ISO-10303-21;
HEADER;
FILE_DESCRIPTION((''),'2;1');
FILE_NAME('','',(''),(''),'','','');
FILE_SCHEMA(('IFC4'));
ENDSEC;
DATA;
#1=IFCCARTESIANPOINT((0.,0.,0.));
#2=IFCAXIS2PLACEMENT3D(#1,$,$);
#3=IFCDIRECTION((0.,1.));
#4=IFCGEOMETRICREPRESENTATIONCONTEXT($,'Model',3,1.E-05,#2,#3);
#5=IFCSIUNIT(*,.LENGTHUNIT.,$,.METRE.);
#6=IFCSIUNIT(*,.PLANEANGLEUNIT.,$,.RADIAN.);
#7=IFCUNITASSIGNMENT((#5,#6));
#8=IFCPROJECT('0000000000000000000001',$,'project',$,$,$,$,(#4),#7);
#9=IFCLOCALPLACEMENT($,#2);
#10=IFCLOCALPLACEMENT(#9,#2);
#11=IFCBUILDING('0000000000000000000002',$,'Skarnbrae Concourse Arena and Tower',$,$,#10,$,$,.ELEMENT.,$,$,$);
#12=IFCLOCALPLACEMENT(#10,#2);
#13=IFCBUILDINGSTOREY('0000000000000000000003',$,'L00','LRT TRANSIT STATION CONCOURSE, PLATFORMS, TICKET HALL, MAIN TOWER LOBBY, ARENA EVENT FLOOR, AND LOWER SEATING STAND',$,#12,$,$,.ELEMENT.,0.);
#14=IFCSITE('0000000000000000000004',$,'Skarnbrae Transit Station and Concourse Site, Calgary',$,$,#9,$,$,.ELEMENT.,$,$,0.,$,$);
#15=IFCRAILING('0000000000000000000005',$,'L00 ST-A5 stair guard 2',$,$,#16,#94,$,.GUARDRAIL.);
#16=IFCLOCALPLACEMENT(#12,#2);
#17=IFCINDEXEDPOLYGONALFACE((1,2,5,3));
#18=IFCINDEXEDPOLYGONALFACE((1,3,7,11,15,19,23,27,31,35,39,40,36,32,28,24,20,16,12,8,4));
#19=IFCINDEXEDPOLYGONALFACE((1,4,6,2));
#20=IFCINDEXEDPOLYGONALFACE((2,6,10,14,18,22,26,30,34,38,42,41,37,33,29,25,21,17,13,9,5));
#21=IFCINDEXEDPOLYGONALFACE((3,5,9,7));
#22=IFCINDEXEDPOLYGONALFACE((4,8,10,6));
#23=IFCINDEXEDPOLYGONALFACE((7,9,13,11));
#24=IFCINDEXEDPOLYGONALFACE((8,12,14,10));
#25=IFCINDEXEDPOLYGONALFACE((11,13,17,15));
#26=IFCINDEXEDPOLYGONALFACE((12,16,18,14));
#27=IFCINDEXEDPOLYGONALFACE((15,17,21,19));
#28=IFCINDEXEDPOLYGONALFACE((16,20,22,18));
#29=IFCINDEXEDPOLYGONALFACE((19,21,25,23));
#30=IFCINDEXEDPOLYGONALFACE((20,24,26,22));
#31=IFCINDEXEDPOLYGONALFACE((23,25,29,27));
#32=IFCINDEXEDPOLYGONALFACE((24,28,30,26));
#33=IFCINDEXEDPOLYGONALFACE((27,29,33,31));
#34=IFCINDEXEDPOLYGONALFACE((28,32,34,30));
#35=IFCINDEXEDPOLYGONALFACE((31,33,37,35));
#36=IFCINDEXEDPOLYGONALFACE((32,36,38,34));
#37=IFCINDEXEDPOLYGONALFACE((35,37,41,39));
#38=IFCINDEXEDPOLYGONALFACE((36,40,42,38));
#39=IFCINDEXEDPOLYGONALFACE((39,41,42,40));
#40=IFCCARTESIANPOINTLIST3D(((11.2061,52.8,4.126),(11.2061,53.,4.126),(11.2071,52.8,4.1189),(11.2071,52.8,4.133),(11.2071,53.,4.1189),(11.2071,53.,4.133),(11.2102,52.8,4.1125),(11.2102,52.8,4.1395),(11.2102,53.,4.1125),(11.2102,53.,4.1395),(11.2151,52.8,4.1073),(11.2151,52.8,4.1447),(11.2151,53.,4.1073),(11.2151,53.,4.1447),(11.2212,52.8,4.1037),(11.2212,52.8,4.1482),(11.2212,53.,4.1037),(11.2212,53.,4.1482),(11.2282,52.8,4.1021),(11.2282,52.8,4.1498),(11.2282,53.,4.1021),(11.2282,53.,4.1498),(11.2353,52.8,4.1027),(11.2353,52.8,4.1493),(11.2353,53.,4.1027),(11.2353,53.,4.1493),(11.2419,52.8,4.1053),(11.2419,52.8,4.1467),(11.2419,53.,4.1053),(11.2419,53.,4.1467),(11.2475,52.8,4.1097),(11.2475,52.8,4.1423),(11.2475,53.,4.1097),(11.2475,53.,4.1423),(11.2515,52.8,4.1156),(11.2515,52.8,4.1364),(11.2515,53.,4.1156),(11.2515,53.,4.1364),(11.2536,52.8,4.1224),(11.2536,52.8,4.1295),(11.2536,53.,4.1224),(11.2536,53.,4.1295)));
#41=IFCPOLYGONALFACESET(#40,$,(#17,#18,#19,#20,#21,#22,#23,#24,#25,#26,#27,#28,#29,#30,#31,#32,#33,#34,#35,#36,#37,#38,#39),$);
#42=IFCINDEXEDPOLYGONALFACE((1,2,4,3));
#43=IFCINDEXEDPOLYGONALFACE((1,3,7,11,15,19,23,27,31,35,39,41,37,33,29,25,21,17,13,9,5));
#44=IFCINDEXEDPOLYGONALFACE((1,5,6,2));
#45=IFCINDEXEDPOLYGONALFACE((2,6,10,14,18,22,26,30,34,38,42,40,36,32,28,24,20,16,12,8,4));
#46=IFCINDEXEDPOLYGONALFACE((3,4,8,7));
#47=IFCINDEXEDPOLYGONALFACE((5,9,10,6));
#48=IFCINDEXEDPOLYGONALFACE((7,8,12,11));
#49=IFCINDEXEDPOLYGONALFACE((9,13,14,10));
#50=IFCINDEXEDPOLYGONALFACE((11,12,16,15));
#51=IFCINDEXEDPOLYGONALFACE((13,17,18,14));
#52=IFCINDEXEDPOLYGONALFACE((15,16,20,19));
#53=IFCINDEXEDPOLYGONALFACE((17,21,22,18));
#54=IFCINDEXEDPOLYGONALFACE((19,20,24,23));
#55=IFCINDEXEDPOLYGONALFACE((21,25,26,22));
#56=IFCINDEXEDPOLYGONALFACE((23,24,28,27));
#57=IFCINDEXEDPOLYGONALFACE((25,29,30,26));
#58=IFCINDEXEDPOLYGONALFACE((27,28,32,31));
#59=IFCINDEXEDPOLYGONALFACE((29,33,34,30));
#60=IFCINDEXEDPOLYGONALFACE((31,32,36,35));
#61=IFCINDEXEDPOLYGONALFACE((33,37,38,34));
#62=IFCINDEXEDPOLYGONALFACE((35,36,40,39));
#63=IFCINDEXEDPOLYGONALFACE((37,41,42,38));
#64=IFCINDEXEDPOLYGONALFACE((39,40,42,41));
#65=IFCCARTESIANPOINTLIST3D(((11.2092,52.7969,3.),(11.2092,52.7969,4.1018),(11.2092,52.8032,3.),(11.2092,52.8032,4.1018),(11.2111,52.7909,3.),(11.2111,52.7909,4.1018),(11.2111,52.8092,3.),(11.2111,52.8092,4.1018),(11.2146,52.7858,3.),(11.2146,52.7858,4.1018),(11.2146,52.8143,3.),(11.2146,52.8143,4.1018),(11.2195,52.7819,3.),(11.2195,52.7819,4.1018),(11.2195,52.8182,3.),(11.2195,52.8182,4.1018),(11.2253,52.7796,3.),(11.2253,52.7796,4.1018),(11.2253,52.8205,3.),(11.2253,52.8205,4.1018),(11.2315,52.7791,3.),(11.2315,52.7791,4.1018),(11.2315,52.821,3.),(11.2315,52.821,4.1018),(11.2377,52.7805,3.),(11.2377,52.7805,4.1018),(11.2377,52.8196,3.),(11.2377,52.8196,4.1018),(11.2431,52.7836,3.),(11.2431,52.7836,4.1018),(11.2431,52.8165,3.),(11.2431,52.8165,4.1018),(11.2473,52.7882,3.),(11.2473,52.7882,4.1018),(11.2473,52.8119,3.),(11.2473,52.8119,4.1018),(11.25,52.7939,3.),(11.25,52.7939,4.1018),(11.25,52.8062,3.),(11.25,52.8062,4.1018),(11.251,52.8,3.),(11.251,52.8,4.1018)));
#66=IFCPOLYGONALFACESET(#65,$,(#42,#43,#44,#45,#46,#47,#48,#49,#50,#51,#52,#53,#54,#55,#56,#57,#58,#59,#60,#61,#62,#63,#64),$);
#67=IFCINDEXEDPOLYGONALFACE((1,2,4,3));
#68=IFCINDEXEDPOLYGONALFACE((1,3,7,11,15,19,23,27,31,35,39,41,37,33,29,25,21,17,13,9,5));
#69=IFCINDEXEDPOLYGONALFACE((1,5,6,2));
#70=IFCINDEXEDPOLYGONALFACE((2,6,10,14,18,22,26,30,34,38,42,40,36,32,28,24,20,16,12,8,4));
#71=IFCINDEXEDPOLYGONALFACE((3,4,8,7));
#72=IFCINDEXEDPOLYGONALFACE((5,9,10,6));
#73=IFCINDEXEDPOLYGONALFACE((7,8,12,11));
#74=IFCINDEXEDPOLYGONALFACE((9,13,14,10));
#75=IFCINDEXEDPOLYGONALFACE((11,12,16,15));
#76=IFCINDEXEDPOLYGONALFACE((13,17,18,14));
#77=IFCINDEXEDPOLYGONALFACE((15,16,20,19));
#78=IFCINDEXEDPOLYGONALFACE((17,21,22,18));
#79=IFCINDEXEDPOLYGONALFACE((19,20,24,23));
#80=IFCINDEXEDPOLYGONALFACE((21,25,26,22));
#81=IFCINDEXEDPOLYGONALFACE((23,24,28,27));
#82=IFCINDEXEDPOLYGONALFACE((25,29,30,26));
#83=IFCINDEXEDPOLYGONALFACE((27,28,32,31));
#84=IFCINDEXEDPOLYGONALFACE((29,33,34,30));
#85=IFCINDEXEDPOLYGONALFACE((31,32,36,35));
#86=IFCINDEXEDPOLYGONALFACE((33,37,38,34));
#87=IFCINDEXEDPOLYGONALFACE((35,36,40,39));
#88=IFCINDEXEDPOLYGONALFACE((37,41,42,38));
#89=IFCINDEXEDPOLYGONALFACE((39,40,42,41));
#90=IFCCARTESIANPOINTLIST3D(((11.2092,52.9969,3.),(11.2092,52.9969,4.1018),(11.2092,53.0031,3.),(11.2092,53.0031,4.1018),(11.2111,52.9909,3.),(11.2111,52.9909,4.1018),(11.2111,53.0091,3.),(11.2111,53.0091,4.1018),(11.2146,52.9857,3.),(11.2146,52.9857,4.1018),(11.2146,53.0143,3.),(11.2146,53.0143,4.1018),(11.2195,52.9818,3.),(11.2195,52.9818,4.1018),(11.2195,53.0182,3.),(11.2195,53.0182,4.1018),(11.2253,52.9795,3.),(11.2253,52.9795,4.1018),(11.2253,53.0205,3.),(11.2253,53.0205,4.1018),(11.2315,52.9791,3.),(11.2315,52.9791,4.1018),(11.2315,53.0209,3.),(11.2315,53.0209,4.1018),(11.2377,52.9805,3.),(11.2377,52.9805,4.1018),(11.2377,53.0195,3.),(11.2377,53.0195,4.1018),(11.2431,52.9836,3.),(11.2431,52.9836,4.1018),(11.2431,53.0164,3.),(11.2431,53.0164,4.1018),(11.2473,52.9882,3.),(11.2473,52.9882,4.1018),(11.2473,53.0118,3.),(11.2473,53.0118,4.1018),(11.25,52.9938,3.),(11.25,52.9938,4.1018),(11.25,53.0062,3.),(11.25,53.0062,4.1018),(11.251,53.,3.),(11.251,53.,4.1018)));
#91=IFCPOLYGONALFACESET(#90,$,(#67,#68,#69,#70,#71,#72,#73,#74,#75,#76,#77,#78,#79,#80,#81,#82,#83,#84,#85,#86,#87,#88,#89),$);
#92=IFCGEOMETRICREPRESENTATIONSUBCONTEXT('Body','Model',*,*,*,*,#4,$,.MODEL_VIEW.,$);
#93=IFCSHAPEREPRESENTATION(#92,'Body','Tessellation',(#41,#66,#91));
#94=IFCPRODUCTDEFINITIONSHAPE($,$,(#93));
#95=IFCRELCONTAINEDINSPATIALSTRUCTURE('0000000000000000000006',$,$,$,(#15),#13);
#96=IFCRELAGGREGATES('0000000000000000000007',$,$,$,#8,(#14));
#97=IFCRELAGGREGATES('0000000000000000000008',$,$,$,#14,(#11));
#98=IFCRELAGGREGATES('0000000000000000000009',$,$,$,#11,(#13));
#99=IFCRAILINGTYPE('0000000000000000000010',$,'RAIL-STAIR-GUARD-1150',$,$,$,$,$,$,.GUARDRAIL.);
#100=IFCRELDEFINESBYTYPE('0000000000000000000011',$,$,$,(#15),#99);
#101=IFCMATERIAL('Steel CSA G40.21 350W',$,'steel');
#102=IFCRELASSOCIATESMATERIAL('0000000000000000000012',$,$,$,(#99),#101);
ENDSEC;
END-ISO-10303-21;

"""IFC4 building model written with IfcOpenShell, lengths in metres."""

from ifc_helpers import new_model, si_unit, direction, frame, origin, origin_2d, place, context, subcontext, project, spatial, circle, extrude, material, type_object, element, save


model = new_model("IFC4")

# Units and contexts
model_context = context("Model", 3, precision=1e-05, world=origin(), true_north=direction((0.0, 1.0)))
body_context = subcontext(model_context, "Body", "Model", "MODEL_VIEW")
ifc_project = project(units=[si_unit("LENGTHUNIT", "METRE"), si_unit("PLANEANGLEUNIT", "RADIAN")], contexts=[model_context])

# Site, building, storey
site_placement = place(None, origin())
site = spatial("IfcSite", under=ifc_project, at=site_placement, Name="Skarnbrae Transit Station and Concourse Site, Calgary", CompositionType="ELEMENT", RefElevation=0.0)
building_placement = place(site_placement, origin())
building = spatial("IfcBuilding", under=site, at=building_placement, Name="Skarnbrae Concourse Arena and Tower", CompositionType="ELEMENT")
storey_placement = place(building_placement, origin())
storey = spatial("IfcBuildingStorey", under=building, at=storey_placement, Name="L00", Description="LRT TRANSIT STATION CONCOURSE, PLATFORMS, TICKET HALL, MAIN TOWER LOBBY, ARENA EVENT FLOOR, AND LOWER SEATING STAND", CompositionType="ELEMENT", Elevation=0.0)

# Shared definitions
ifc_material_1 = material(Name="Steel CSA G40.21 350W", Category="steel")

# Railing
railing_type_1 = type_object("IfcRailingType", Name="RAIL-STAIR-GUARD-1150", PredefinedType="GUARDRAIL", material=ifc_material_1)
railing_1_placement = place(storey_placement, frame((11.23, 52.8, 3.0)))
element("IfcRailing", 1, at=railing_1_placement, inside=storey, type_object=railing_type_1, Name="L00 ST-A5 stair guard 2", PredefinedType="GUARDRAIL", context=body_context, shape_type="SweptSolid", body=[
    extrude(circle(Radius=0.0239, at=origin_2d()), frame((0.0, 0.0, 1.126), z_axis=(0.0, 1.0, 0.0), x_axis=(-1.0, 0.0, 0.0)), (0.0, 0.0, 1.0), 0.2),
    extrude(circle(Radius=0.021, at=origin_2d()), origin(), (0.0, 0.0, 1.0), 1.1018),
    extrude(circle(Radius=0.021, at=origin_2d()), frame((0.0, 0.2, 0.0)), (0.0, 0.0, 1.0), 1.1018),
])

save(model, "model.ifc")
